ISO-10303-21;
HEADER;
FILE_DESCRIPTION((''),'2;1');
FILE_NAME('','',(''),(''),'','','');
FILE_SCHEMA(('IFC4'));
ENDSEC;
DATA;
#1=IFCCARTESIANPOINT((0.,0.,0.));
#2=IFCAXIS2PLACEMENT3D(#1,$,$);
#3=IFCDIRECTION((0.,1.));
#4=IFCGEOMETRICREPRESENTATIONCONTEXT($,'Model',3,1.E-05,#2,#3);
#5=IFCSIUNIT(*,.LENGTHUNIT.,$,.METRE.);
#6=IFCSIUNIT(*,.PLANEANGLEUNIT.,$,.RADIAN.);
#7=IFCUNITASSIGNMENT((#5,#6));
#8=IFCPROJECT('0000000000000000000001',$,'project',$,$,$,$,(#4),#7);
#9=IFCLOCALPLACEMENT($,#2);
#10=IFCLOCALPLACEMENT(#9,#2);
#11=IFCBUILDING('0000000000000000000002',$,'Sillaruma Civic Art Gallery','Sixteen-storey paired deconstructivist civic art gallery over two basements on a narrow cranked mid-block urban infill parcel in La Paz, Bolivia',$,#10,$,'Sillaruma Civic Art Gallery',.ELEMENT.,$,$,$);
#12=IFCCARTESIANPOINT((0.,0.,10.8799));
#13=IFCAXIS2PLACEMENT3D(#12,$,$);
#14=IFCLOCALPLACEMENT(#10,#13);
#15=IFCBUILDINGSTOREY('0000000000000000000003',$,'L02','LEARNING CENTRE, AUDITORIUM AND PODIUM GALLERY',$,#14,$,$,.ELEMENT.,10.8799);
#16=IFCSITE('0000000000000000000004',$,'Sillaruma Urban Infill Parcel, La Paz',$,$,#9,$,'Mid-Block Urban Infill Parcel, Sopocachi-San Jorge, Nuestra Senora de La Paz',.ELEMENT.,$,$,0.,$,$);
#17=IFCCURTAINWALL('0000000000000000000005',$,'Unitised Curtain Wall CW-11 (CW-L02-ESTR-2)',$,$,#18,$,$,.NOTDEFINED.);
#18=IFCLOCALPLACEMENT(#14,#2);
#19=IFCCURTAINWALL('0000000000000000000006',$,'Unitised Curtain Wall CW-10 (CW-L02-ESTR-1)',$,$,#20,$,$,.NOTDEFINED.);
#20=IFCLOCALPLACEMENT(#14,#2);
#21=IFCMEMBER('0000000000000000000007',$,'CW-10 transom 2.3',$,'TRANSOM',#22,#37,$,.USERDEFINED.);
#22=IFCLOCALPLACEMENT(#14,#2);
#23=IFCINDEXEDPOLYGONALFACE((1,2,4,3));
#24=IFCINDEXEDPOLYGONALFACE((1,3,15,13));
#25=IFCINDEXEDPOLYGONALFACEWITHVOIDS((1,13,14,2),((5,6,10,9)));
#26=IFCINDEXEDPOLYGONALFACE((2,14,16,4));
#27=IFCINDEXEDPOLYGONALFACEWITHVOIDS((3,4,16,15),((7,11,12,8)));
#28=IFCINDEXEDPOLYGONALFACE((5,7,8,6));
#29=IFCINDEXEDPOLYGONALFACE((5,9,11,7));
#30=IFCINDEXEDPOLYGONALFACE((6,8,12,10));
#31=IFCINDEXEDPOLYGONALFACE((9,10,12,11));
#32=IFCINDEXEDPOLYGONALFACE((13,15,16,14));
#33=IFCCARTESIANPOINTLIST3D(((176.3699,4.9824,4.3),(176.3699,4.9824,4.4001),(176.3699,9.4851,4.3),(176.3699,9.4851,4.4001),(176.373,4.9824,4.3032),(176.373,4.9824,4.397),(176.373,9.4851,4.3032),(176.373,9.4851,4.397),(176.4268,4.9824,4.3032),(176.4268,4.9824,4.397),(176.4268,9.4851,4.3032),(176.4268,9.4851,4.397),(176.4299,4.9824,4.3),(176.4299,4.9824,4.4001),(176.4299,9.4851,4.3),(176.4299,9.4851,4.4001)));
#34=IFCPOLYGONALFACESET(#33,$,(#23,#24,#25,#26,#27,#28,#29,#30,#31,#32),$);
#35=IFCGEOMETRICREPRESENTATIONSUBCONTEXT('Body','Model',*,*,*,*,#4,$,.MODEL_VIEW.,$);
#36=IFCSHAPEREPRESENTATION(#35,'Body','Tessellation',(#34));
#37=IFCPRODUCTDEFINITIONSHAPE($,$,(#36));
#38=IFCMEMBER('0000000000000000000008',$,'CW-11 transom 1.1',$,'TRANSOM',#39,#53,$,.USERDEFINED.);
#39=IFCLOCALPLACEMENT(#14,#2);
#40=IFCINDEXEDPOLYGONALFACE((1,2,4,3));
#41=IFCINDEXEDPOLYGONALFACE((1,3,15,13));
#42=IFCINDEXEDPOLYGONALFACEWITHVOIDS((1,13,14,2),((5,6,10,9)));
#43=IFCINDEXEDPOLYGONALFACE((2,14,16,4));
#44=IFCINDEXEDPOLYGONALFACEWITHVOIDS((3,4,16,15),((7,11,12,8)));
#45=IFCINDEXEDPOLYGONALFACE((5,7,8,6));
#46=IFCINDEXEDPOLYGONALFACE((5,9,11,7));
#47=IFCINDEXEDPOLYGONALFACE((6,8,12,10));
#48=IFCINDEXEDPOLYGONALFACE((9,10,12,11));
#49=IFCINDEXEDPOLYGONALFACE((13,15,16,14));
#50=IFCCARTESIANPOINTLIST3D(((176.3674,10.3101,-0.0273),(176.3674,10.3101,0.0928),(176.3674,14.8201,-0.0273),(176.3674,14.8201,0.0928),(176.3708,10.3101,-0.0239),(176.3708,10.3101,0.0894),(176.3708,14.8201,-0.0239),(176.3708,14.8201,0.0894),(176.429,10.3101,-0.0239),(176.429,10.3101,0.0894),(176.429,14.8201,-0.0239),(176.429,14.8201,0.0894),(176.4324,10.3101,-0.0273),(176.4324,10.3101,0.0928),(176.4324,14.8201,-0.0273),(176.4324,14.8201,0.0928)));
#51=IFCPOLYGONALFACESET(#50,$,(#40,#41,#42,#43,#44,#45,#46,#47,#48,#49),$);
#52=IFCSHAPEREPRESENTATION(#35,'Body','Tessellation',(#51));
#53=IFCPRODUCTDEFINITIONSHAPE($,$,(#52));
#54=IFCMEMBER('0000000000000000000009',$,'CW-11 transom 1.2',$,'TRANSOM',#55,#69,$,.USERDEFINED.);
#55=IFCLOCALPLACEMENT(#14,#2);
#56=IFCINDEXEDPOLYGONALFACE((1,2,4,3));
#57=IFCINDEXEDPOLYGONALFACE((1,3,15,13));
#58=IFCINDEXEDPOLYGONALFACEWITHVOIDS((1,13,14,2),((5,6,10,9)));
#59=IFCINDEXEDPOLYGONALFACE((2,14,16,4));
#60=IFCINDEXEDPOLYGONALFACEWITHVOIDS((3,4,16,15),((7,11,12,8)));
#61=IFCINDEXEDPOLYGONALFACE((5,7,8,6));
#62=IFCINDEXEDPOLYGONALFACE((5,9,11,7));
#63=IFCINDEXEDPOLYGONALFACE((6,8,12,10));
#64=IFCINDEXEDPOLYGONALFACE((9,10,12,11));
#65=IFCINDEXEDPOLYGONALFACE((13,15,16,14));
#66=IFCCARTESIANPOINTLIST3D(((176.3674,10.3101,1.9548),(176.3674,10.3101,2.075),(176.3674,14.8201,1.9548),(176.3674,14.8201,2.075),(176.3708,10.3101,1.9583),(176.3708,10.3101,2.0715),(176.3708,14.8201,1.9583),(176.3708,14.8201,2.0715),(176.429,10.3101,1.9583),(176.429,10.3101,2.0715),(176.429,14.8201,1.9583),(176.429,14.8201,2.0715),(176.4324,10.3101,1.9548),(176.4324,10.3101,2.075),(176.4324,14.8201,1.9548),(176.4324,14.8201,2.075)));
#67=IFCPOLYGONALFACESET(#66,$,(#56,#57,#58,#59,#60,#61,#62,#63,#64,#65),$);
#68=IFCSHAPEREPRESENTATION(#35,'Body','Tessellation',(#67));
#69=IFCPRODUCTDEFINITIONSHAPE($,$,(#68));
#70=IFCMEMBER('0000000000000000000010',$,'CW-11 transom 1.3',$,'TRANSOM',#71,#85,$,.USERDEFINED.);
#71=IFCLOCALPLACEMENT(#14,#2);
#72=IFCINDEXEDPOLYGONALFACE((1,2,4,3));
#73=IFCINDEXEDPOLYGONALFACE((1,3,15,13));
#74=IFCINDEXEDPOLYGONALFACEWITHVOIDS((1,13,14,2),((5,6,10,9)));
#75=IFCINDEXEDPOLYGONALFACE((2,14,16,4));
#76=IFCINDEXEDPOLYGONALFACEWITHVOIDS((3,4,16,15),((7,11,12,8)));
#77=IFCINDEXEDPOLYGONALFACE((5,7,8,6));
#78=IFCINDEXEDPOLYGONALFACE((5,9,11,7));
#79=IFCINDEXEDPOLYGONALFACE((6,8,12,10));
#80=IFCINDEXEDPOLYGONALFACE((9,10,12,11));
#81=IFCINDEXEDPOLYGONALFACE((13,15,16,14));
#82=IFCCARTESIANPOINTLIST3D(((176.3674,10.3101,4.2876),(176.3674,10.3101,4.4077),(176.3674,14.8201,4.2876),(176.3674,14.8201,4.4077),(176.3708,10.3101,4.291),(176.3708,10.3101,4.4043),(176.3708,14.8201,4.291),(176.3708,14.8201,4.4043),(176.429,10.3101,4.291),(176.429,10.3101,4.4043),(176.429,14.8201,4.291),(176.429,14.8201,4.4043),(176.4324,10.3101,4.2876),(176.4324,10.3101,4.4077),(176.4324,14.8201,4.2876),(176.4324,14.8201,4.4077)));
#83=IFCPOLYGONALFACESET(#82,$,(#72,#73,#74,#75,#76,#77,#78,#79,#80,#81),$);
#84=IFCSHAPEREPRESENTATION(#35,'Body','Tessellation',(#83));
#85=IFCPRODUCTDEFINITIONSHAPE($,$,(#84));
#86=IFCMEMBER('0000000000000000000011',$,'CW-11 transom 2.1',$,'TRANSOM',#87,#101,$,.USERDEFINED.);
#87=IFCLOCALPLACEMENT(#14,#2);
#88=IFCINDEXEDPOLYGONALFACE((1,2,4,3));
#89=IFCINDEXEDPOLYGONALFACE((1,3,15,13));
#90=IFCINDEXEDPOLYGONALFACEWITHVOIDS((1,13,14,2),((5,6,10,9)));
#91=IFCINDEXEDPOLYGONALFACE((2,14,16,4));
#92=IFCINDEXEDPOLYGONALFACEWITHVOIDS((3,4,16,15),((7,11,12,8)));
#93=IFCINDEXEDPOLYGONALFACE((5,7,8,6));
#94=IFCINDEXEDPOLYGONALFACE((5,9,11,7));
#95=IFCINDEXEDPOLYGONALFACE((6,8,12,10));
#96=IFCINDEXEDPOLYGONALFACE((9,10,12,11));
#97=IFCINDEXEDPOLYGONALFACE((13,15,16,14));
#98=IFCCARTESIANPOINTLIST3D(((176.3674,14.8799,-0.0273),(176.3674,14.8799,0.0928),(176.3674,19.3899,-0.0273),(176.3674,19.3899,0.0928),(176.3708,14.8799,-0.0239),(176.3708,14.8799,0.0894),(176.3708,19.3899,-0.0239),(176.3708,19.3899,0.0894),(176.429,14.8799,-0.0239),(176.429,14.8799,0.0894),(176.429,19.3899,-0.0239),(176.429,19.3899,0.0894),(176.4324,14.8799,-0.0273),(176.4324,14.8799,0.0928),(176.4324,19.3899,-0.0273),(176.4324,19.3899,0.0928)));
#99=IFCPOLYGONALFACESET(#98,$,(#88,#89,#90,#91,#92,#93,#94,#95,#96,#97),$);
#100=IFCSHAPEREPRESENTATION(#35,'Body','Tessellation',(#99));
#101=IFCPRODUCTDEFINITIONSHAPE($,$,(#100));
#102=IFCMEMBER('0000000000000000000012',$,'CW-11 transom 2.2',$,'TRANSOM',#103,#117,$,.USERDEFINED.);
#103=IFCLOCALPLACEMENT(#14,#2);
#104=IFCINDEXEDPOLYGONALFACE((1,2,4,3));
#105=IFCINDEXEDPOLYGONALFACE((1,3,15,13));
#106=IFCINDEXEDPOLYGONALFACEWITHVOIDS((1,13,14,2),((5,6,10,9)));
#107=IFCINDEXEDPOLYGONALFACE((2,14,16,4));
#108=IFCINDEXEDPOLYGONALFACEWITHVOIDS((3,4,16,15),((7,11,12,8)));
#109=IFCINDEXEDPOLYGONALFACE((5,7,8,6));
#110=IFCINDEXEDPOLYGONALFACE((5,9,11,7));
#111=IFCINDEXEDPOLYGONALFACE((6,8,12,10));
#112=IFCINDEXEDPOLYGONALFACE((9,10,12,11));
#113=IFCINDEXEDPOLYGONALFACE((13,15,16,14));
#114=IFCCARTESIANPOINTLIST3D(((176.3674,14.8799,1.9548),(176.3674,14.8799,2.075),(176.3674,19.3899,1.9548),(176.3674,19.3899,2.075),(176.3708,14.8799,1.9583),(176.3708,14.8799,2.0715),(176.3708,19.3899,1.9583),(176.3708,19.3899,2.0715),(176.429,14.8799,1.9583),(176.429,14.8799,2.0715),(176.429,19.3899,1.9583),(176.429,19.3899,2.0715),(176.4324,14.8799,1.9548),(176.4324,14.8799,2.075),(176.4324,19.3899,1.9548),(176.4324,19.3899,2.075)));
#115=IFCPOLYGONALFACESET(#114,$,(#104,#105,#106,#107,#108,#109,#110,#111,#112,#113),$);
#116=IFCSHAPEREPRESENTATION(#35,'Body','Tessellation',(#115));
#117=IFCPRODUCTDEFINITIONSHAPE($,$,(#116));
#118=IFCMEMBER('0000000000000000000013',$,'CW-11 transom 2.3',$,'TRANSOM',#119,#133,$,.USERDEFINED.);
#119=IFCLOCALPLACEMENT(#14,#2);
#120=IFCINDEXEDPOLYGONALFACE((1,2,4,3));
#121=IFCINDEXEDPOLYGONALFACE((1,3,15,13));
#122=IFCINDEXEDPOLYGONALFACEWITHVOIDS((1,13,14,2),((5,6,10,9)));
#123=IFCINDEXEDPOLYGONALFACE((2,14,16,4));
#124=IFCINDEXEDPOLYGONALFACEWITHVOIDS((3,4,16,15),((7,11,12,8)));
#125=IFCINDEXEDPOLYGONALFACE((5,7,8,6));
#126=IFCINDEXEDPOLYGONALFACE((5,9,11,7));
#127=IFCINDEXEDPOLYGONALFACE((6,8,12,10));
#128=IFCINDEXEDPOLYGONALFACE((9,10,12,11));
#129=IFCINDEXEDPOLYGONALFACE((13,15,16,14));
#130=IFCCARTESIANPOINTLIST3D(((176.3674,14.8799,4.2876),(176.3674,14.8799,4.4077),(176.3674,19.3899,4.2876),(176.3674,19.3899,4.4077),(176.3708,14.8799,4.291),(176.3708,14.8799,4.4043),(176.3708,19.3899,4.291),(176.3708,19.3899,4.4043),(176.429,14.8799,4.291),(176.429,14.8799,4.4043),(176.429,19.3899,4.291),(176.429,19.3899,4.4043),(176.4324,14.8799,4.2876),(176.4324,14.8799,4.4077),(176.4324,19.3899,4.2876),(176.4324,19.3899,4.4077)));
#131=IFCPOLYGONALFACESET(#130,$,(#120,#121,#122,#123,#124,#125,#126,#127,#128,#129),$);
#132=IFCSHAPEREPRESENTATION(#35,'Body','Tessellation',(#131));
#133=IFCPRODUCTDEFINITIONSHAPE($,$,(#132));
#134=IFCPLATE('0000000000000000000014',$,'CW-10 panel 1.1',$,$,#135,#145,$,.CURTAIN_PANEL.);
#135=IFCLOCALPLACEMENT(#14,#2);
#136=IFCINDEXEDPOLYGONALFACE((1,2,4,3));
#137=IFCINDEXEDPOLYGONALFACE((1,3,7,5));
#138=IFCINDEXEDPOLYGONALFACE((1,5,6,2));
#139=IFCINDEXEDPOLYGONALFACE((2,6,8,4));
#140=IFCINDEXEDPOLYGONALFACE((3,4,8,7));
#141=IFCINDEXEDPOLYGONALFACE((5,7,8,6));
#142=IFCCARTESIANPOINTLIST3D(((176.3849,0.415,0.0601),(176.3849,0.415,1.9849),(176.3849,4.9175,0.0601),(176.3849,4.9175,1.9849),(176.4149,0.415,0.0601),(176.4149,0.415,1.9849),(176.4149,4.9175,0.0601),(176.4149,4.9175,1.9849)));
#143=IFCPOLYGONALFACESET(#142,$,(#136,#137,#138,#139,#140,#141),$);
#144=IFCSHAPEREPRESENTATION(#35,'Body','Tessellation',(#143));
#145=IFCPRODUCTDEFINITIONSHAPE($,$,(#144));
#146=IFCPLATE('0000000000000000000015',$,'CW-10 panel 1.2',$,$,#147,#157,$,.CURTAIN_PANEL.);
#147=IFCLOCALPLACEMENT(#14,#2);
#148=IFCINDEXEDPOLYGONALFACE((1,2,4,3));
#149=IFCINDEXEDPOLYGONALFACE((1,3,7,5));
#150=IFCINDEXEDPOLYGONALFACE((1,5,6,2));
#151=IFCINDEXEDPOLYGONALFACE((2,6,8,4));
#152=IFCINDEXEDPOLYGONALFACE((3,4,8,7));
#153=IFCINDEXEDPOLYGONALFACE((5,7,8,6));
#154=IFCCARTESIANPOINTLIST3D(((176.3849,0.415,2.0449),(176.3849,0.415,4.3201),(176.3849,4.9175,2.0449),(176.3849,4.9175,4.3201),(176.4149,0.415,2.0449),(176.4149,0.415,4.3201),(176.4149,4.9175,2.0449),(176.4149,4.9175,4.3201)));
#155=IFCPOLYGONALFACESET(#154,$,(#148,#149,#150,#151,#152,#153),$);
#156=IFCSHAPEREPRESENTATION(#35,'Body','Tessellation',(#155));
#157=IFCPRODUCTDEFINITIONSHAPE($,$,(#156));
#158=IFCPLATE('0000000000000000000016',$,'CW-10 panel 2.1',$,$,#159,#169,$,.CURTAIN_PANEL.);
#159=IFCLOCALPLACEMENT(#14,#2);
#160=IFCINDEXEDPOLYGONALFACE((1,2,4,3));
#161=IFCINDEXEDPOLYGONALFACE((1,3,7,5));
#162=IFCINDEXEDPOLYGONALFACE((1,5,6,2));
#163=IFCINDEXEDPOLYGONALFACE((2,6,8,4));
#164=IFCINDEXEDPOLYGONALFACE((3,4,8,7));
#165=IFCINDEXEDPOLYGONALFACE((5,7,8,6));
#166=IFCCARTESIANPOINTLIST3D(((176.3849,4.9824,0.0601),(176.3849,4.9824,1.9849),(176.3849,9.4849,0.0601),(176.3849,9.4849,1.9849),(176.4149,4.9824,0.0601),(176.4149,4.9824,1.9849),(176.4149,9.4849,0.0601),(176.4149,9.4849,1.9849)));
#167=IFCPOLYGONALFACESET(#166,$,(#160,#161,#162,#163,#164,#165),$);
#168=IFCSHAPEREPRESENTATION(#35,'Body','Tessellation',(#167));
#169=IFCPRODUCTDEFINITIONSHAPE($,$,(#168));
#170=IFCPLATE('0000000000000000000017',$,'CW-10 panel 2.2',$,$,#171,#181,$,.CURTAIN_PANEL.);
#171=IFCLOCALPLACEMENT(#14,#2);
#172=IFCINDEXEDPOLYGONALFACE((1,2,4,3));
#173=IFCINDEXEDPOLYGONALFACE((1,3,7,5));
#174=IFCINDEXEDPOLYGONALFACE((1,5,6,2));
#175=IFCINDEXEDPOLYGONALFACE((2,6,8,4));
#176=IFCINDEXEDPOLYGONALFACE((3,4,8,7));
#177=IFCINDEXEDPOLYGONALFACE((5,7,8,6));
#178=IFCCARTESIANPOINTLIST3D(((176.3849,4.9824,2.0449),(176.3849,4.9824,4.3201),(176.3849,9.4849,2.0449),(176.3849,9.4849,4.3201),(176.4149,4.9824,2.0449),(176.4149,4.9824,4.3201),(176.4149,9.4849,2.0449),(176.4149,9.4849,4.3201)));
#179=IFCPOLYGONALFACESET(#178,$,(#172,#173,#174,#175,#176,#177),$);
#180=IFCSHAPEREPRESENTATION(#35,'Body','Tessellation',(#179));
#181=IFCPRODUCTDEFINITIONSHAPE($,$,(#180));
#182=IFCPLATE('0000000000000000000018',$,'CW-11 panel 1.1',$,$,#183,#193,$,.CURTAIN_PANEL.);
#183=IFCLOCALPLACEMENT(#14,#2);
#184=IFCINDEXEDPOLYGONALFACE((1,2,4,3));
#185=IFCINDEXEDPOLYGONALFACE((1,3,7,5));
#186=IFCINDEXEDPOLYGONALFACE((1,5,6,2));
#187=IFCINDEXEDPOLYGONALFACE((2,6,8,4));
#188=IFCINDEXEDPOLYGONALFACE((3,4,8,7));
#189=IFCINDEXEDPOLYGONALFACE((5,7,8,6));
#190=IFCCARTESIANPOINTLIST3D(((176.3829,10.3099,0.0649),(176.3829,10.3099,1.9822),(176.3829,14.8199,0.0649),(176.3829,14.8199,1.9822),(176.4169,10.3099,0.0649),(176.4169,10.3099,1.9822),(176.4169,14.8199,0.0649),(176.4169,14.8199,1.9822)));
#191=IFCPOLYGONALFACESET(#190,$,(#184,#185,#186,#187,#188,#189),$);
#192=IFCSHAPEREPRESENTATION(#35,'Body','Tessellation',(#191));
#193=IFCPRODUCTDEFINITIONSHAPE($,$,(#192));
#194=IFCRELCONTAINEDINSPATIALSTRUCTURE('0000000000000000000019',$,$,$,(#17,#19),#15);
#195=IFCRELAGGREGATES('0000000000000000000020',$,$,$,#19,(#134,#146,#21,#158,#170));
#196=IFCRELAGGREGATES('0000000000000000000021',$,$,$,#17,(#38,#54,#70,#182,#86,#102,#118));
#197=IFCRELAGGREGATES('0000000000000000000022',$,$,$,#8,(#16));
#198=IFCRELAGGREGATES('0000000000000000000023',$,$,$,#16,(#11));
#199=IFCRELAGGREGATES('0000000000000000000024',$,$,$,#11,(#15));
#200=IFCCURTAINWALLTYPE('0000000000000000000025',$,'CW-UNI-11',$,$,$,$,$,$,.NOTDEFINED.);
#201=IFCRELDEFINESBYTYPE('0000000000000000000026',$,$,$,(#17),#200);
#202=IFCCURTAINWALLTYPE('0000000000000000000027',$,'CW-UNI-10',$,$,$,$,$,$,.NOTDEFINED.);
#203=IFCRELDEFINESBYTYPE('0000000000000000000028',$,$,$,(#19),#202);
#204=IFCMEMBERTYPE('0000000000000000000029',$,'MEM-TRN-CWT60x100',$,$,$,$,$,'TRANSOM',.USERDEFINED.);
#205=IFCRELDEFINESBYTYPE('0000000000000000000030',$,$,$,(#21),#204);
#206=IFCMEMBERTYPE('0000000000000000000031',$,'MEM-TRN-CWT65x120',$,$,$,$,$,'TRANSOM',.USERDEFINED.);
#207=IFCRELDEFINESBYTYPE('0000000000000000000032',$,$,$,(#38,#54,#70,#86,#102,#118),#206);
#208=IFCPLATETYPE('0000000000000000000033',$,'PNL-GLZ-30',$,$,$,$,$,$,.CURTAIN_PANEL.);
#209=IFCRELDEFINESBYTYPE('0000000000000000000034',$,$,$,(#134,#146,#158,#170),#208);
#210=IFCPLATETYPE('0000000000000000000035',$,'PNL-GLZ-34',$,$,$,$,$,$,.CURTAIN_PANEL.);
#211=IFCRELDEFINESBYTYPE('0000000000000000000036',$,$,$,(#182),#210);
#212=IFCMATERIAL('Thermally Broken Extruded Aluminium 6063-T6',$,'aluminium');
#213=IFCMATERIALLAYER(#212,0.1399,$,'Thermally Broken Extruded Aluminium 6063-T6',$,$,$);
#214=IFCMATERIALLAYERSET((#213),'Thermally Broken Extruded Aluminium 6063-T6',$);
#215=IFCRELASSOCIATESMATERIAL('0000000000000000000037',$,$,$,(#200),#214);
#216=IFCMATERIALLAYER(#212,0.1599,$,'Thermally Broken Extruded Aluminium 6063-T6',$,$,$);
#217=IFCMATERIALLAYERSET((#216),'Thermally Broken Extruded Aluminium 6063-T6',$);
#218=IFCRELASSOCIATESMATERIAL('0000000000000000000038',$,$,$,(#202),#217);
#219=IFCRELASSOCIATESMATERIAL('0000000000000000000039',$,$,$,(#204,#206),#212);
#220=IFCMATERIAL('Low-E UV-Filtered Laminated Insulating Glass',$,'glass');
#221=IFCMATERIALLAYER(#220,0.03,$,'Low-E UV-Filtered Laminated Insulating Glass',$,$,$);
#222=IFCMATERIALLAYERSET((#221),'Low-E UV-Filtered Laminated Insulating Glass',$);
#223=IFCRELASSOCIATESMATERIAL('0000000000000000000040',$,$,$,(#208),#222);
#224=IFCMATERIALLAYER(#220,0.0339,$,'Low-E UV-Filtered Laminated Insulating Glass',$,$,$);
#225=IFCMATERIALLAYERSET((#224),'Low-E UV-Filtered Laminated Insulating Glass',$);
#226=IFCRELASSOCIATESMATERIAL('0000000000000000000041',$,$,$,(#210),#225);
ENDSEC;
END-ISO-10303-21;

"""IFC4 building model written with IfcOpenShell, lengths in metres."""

from ifc_helpers import new_model, si_unit, direction, frame, origin, origin_2d, place, context, subcontext, project, spatial, rectangle, hollow_rectangle, extrude, material, layer, layer_set, material_profile, profile_set, type_object, element, aggregate, save


model = new_model("IFC4")

# Units and contexts
model_context = context("Model", 3, precision=1e-05, world=origin(), true_north=direction((0.0, 1.0)))
body_context = subcontext(model_context, "Body", "Model", "MODEL_VIEW")
ifc_project = project(units=[si_unit("LENGTHUNIT", "METRE"), si_unit("PLANEANGLEUNIT", "RADIAN")], contexts=[model_context])

# Site, building, storey
site_placement = place(None, origin())
site = spatial("IfcSite", under=ifc_project, at=site_placement, Name="Sillaruma Urban Infill Parcel, La Paz", LongName="Mid-Block Urban Infill Parcel, Sopocachi-San Jorge, Nuestra Senora de La Paz", CompositionType="ELEMENT", RefElevation=0.0)
building_placement = place(site_placement, origin())
building = spatial("IfcBuilding", under=site, at=building_placement, Name="Sillaruma Civic Art Gallery", Description="Sixteen-storey paired deconstructivist civic art gallery over two basements on a narrow cranked mid-block urban infill parcel in La Paz, Bolivia", LongName="Sillaruma Civic Art Gallery", CompositionType="ELEMENT")
storey_placement = place(building_placement, frame((0.0, 0.0, 10.8799)))
storey = spatial("IfcBuildingStorey", under=building, at=storey_placement, Name="L02", Description="LEARNING CENTRE, AUDITORIUM AND PODIUM GALLERY", CompositionType="ELEMENT", Elevation=10.8799)

# Curtain walls, member
ifc_material_1 = material(Name="Thermally Broken Extruded Aluminium 6063-T6", Category="aluminium")
ifc_layer_1 = layer(ifc_material_1, 0.1399, Name="Thermally Broken Extruded Aluminium 6063-T6")
ifc_layer_set_1 = layer_set([ifc_layer_1], Name="Thermally Broken Extruded Aluminium 6063-T6")
curtain_wall_type_1 = type_object("IfcCurtainWallType", Name="CW-UNI-11", PredefinedType="NOTDEFINED", material=ifc_layer_set_1)
curtain_wall_1_placement = place(storey_placement, origin())
curtain_wall_1 = element("IfcCurtainWall", 1, at=curtain_wall_1_placement, inside=storey, type_object=curtain_wall_type_1, Name="Unitised Curtain Wall CW-11 (CW-L02-ESTR-2)", PredefinedType="NOTDEFINED")
ifc_layer_2 = layer(ifc_material_1, 0.1599, Name="Thermally Broken Extruded Aluminium 6063-T6")
ifc_layer_set_2 = layer_set([ifc_layer_2], Name="Thermally Broken Extruded Aluminium 6063-T6")
curtain_wall_type_2 = type_object("IfcCurtainWallType", Name="CW-UNI-10", PredefinedType="NOTDEFINED", material=ifc_layer_set_2)
curtain_wall_2_placement = place(storey_placement, origin())
curtain_wall_2 = element("IfcCurtainWall", 2, at=curtain_wall_2_placement, inside=storey, type_object=curtain_wall_type_2, Name="Unitised Curtain Wall CW-10 (CW-L02-ESTR-1)", PredefinedType="NOTDEFINED")
ifc_material_profile_1 = material_profile(ifc_material_1, hollow_rectangle(XDim=0.0601, YDim=0.1001, WallThickness=0.0032, at=origin_2d()), Name="CWT60x100")
ifc_profile_set_1 = profile_set([ifc_material_profile_1], Name="Thermally Broken Extruded Aluminium 6063-T6")
member_type_1 = type_object("IfcMemberType", Name="MEM-TRN-CWT60x100", ElementType="TRANSOM", PredefinedType="USERDEFINED", material=ifc_profile_set_1)
member_1_placement = place(storey_placement, frame((176.3999, 4.9824, 4.3501), z_axis=(0.0, 1.0, 0.0), x_axis=(-1.0, 0.0, 0.0)))
member_1 = element("IfcMember", 3, at=member_1_placement, type_object=member_type_1, Name="CW-10 transom 2.3", ObjectType="TRANSOM", PredefinedType="USERDEFINED", context=body_context, shape_type="SweptSolid", body=[
    extrude(hollow_rectangle(XDim=0.0601, YDim=0.1001, WallThickness=0.0032, at=origin_2d()), origin(), (0.0, 0.0, 1.0), 4.5027),
])

# Members
ifc_material_profile_2 = material_profile(ifc_material_1, hollow_rectangle(XDim=0.0649, YDim=0.1201, WallThickness=0.0034, at=origin_2d()), Name="CWT65x120")
ifc_profile_set_2 = profile_set([ifc_material_profile_2], Name="Thermally Broken Extruded Aluminium 6063-T6")
member_type_2 = type_object("IfcMemberType", Name="MEM-TRN-CWT65x120", ElementType="TRANSOM", PredefinedType="USERDEFINED", material=ifc_profile_set_2)
member_2_placement = place(storey_placement, frame((176.3999, 10.3101, 0.0327), z_axis=(0.0, 1.0, 0.0), x_axis=(-1.0, 0.0, 0.0)))
member_2 = element("IfcMember", 4, at=member_2_placement, type_object=member_type_2, Name="CW-11 transom 1.1", ObjectType="TRANSOM", PredefinedType="USERDEFINED", context=body_context, shape_type="SweptSolid", body=[
    extrude(hollow_rectangle(XDim=0.0649, YDim=0.1201, WallThickness=0.0034, at=origin_2d()), origin(), (0.0, 0.0, 1.0), 4.51),
])
member_3_placement = place(storey_placement, frame((176.3999, 10.3101, 2.0149), z_axis=(0.0, 1.0, 0.0), x_axis=(-1.0, 0.0, 0.0)))
member_3 = element("IfcMember", 5, at=member_3_placement, type_object=member_type_2, Name="CW-11 transom 1.2", ObjectType="TRANSOM", PredefinedType="USERDEFINED", context=body_context, shape_type="SweptSolid", body=[
    extrude(hollow_rectangle(XDim=0.0649, YDim=0.1201, WallThickness=0.0034, at=origin_2d()), origin(), (0.0, 0.0, 1.0), 4.51),
])
member_4_placement = place(storey_placement, frame((176.3999, 10.3101, 4.3477), z_axis=(0.0, 1.0, 0.0), x_axis=(-1.0, 0.0, 0.0)))
member_4 = element("IfcMember", 6, at=member_4_placement, type_object=member_type_2, Name="CW-11 transom 1.3", ObjectType="TRANSOM", PredefinedType="USERDEFINED", context=body_context, shape_type="SweptSolid", body=[
    extrude(hollow_rectangle(XDim=0.0649, YDim=0.1201, WallThickness=0.0034, at=origin_2d()), origin(), (0.0, 0.0, 1.0), 4.51),
])
member_5_placement = place(storey_placement, frame((176.3999, 14.8799, 0.0327), z_axis=(0.0, 1.0, 0.0), x_axis=(-1.0, 0.0, 0.0)))
member_5 = element("IfcMember", 7, at=member_5_placement, type_object=member_type_2, Name="CW-11 transom 2.1", ObjectType="TRANSOM", PredefinedType="USERDEFINED", context=body_context, shape_type="SweptSolid", body=[
    extrude(hollow_rectangle(XDim=0.0649, YDim=0.1201, WallThickness=0.0034, at=origin_2d()), origin(), (0.0, 0.0, 1.0), 4.51),
])
member_6_placement = place(storey_placement, frame((176.3999, 14.8799, 2.0149), z_axis=(0.0, 1.0, 0.0), x_axis=(-1.0, 0.0, 0.0)))
member_6 = element("IfcMember", 8, at=member_6_placement, type_object=member_type_2, Name="CW-11 transom 2.2", ObjectType="TRANSOM", PredefinedType="USERDEFINED", context=body_context, shape_type="SweptSolid", body=[
    extrude(hollow_rectangle(XDim=0.0649, YDim=0.1201, WallThickness=0.0034, at=origin_2d()), origin(), (0.0, 0.0, 1.0), 4.51),
])
member_7_placement = place(storey_placement, frame((176.3999, 14.8799, 4.3477), z_axis=(0.0, 1.0, 0.0), x_axis=(-1.0, 0.0, 0.0)))
member_7 = element("IfcMember", 9, at=member_7_placement, type_object=member_type_2, Name="CW-11 transom 2.3", ObjectType="TRANSOM", PredefinedType="USERDEFINED", context=body_context, shape_type="SweptSolid", body=[
    extrude(hollow_rectangle(XDim=0.0649, YDim=0.1201, WallThickness=0.0034, at=origin_2d()), origin(), (0.0, 0.0, 1.0), 4.51),
])

# Plates
ifc_material_2 = material(Name="Low-E UV-Filtered Laminated Insulating Glass", Category="glass")
ifc_layer_3 = layer(ifc_material_2, 0.03, Name="Low-E UV-Filtered Laminated Insulating Glass")
ifc_layer_set_3 = layer_set([ifc_layer_3], Name="Low-E UV-Filtered Laminated Insulating Glass")
plate_type_1 = type_object("IfcPlateType", Name="PNL-GLZ-30", PredefinedType="CURTAIN_PANEL", material=ifc_layer_set_3)
plate_1_placement = place(storey_placement, frame((176.3999, 2.6663, 0.0601), z_axis=(0.0, 0.0, 1.0), x_axis=(0.0, 1.0, 0.0)))
plate_1 = element("IfcPlate", 10, at=plate_1_placement, type_object=plate_type_1, Name="CW-10 panel 1.1", PredefinedType="CURTAIN_PANEL", context=body_context, shape_type="SweptSolid", body=[
    extrude(rectangle(XDim=4.5024, YDim=0.03, at=origin_2d()), origin(), (0.0, 0.0, 1.0), 1.9248),
])
plate_2_placement = place(storey_placement, frame((176.3999, 2.6663, 2.0449), z_axis=(0.0, 0.0, 1.0), x_axis=(0.0, 1.0, 0.0)))
plate_2 = element("IfcPlate", 11, at=plate_2_placement, type_object=plate_type_1, Name="CW-10 panel 1.2", PredefinedType="CURTAIN_PANEL", context=body_context, shape_type="SweptSolid", body=[
    extrude(rectangle(XDim=4.5024, YDim=0.03, at=origin_2d()), origin(), (0.0, 0.0, 1.0), 2.2751),
])
plate_3_placement = place(storey_placement, frame((176.3999, 7.2336, 0.0601), z_axis=(0.0, 0.0, 1.0), x_axis=(0.0, 1.0, 0.0)))
plate_3 = element("IfcPlate", 12, at=plate_3_placement, type_object=plate_type_1, Name="CW-10 panel 2.1", PredefinedType="CURTAIN_PANEL", context=body_context, shape_type="SweptSolid", body=[
    extrude(rectangle(XDim=4.5024, YDim=0.03, at=origin_2d()), origin(), (0.0, 0.0, 1.0), 1.9248),
])
plate_4_placement = place(storey_placement, frame((176.3999, 7.2336, 2.0449), z_axis=(0.0, 0.0, 1.0), x_axis=(0.0, 1.0, 0.0)))
plate_4 = element("IfcPlate", 13, at=plate_4_placement, type_object=plate_type_1, Name="CW-10 panel 2.2", PredefinedType="CURTAIN_PANEL", context=body_context, shape_type="SweptSolid", body=[
    extrude(rectangle(XDim=4.5024, YDim=0.03, at=origin_2d()), origin(), (0.0, 0.0, 1.0), 2.2751),
])
aggregate(curtain_wall_2, [plate_1, plate_2, member_1, plate_3, plate_4])
ifc_layer_4 = layer(ifc_material_2, 0.0339, Name="Low-E UV-Filtered Laminated Insulating Glass")
ifc_layer_set_4 = layer_set([ifc_layer_4], Name="Low-E UV-Filtered Laminated Insulating Glass")
plate_type_2 = type_object("IfcPlateType", Name="PNL-GLZ-34", PredefinedType="CURTAIN_PANEL", material=ifc_layer_set_4)
plate_5_placement = place(storey_placement, frame((176.3999, 12.5649, 0.0649), z_axis=(0.0, 0.0, 1.0), x_axis=(0.0, 1.0, 0.0)))
plate_5 = element("IfcPlate", 14, at=plate_5_placement, type_object=plate_type_2, Name="CW-11 panel 1.1", PredefinedType="CURTAIN_PANEL", context=body_context, shape_type="SweptSolid", body=[
    extrude(rectangle(XDim=4.51, YDim=0.0339, at=origin_2d()), origin(), (0.0, 0.0, 1.0), 1.9172),
])
aggregate(curtain_wall_1, [member_2, member_3, member_4, plate_5, member_5, member_6, member_7])

save(model, "model.ifc")
